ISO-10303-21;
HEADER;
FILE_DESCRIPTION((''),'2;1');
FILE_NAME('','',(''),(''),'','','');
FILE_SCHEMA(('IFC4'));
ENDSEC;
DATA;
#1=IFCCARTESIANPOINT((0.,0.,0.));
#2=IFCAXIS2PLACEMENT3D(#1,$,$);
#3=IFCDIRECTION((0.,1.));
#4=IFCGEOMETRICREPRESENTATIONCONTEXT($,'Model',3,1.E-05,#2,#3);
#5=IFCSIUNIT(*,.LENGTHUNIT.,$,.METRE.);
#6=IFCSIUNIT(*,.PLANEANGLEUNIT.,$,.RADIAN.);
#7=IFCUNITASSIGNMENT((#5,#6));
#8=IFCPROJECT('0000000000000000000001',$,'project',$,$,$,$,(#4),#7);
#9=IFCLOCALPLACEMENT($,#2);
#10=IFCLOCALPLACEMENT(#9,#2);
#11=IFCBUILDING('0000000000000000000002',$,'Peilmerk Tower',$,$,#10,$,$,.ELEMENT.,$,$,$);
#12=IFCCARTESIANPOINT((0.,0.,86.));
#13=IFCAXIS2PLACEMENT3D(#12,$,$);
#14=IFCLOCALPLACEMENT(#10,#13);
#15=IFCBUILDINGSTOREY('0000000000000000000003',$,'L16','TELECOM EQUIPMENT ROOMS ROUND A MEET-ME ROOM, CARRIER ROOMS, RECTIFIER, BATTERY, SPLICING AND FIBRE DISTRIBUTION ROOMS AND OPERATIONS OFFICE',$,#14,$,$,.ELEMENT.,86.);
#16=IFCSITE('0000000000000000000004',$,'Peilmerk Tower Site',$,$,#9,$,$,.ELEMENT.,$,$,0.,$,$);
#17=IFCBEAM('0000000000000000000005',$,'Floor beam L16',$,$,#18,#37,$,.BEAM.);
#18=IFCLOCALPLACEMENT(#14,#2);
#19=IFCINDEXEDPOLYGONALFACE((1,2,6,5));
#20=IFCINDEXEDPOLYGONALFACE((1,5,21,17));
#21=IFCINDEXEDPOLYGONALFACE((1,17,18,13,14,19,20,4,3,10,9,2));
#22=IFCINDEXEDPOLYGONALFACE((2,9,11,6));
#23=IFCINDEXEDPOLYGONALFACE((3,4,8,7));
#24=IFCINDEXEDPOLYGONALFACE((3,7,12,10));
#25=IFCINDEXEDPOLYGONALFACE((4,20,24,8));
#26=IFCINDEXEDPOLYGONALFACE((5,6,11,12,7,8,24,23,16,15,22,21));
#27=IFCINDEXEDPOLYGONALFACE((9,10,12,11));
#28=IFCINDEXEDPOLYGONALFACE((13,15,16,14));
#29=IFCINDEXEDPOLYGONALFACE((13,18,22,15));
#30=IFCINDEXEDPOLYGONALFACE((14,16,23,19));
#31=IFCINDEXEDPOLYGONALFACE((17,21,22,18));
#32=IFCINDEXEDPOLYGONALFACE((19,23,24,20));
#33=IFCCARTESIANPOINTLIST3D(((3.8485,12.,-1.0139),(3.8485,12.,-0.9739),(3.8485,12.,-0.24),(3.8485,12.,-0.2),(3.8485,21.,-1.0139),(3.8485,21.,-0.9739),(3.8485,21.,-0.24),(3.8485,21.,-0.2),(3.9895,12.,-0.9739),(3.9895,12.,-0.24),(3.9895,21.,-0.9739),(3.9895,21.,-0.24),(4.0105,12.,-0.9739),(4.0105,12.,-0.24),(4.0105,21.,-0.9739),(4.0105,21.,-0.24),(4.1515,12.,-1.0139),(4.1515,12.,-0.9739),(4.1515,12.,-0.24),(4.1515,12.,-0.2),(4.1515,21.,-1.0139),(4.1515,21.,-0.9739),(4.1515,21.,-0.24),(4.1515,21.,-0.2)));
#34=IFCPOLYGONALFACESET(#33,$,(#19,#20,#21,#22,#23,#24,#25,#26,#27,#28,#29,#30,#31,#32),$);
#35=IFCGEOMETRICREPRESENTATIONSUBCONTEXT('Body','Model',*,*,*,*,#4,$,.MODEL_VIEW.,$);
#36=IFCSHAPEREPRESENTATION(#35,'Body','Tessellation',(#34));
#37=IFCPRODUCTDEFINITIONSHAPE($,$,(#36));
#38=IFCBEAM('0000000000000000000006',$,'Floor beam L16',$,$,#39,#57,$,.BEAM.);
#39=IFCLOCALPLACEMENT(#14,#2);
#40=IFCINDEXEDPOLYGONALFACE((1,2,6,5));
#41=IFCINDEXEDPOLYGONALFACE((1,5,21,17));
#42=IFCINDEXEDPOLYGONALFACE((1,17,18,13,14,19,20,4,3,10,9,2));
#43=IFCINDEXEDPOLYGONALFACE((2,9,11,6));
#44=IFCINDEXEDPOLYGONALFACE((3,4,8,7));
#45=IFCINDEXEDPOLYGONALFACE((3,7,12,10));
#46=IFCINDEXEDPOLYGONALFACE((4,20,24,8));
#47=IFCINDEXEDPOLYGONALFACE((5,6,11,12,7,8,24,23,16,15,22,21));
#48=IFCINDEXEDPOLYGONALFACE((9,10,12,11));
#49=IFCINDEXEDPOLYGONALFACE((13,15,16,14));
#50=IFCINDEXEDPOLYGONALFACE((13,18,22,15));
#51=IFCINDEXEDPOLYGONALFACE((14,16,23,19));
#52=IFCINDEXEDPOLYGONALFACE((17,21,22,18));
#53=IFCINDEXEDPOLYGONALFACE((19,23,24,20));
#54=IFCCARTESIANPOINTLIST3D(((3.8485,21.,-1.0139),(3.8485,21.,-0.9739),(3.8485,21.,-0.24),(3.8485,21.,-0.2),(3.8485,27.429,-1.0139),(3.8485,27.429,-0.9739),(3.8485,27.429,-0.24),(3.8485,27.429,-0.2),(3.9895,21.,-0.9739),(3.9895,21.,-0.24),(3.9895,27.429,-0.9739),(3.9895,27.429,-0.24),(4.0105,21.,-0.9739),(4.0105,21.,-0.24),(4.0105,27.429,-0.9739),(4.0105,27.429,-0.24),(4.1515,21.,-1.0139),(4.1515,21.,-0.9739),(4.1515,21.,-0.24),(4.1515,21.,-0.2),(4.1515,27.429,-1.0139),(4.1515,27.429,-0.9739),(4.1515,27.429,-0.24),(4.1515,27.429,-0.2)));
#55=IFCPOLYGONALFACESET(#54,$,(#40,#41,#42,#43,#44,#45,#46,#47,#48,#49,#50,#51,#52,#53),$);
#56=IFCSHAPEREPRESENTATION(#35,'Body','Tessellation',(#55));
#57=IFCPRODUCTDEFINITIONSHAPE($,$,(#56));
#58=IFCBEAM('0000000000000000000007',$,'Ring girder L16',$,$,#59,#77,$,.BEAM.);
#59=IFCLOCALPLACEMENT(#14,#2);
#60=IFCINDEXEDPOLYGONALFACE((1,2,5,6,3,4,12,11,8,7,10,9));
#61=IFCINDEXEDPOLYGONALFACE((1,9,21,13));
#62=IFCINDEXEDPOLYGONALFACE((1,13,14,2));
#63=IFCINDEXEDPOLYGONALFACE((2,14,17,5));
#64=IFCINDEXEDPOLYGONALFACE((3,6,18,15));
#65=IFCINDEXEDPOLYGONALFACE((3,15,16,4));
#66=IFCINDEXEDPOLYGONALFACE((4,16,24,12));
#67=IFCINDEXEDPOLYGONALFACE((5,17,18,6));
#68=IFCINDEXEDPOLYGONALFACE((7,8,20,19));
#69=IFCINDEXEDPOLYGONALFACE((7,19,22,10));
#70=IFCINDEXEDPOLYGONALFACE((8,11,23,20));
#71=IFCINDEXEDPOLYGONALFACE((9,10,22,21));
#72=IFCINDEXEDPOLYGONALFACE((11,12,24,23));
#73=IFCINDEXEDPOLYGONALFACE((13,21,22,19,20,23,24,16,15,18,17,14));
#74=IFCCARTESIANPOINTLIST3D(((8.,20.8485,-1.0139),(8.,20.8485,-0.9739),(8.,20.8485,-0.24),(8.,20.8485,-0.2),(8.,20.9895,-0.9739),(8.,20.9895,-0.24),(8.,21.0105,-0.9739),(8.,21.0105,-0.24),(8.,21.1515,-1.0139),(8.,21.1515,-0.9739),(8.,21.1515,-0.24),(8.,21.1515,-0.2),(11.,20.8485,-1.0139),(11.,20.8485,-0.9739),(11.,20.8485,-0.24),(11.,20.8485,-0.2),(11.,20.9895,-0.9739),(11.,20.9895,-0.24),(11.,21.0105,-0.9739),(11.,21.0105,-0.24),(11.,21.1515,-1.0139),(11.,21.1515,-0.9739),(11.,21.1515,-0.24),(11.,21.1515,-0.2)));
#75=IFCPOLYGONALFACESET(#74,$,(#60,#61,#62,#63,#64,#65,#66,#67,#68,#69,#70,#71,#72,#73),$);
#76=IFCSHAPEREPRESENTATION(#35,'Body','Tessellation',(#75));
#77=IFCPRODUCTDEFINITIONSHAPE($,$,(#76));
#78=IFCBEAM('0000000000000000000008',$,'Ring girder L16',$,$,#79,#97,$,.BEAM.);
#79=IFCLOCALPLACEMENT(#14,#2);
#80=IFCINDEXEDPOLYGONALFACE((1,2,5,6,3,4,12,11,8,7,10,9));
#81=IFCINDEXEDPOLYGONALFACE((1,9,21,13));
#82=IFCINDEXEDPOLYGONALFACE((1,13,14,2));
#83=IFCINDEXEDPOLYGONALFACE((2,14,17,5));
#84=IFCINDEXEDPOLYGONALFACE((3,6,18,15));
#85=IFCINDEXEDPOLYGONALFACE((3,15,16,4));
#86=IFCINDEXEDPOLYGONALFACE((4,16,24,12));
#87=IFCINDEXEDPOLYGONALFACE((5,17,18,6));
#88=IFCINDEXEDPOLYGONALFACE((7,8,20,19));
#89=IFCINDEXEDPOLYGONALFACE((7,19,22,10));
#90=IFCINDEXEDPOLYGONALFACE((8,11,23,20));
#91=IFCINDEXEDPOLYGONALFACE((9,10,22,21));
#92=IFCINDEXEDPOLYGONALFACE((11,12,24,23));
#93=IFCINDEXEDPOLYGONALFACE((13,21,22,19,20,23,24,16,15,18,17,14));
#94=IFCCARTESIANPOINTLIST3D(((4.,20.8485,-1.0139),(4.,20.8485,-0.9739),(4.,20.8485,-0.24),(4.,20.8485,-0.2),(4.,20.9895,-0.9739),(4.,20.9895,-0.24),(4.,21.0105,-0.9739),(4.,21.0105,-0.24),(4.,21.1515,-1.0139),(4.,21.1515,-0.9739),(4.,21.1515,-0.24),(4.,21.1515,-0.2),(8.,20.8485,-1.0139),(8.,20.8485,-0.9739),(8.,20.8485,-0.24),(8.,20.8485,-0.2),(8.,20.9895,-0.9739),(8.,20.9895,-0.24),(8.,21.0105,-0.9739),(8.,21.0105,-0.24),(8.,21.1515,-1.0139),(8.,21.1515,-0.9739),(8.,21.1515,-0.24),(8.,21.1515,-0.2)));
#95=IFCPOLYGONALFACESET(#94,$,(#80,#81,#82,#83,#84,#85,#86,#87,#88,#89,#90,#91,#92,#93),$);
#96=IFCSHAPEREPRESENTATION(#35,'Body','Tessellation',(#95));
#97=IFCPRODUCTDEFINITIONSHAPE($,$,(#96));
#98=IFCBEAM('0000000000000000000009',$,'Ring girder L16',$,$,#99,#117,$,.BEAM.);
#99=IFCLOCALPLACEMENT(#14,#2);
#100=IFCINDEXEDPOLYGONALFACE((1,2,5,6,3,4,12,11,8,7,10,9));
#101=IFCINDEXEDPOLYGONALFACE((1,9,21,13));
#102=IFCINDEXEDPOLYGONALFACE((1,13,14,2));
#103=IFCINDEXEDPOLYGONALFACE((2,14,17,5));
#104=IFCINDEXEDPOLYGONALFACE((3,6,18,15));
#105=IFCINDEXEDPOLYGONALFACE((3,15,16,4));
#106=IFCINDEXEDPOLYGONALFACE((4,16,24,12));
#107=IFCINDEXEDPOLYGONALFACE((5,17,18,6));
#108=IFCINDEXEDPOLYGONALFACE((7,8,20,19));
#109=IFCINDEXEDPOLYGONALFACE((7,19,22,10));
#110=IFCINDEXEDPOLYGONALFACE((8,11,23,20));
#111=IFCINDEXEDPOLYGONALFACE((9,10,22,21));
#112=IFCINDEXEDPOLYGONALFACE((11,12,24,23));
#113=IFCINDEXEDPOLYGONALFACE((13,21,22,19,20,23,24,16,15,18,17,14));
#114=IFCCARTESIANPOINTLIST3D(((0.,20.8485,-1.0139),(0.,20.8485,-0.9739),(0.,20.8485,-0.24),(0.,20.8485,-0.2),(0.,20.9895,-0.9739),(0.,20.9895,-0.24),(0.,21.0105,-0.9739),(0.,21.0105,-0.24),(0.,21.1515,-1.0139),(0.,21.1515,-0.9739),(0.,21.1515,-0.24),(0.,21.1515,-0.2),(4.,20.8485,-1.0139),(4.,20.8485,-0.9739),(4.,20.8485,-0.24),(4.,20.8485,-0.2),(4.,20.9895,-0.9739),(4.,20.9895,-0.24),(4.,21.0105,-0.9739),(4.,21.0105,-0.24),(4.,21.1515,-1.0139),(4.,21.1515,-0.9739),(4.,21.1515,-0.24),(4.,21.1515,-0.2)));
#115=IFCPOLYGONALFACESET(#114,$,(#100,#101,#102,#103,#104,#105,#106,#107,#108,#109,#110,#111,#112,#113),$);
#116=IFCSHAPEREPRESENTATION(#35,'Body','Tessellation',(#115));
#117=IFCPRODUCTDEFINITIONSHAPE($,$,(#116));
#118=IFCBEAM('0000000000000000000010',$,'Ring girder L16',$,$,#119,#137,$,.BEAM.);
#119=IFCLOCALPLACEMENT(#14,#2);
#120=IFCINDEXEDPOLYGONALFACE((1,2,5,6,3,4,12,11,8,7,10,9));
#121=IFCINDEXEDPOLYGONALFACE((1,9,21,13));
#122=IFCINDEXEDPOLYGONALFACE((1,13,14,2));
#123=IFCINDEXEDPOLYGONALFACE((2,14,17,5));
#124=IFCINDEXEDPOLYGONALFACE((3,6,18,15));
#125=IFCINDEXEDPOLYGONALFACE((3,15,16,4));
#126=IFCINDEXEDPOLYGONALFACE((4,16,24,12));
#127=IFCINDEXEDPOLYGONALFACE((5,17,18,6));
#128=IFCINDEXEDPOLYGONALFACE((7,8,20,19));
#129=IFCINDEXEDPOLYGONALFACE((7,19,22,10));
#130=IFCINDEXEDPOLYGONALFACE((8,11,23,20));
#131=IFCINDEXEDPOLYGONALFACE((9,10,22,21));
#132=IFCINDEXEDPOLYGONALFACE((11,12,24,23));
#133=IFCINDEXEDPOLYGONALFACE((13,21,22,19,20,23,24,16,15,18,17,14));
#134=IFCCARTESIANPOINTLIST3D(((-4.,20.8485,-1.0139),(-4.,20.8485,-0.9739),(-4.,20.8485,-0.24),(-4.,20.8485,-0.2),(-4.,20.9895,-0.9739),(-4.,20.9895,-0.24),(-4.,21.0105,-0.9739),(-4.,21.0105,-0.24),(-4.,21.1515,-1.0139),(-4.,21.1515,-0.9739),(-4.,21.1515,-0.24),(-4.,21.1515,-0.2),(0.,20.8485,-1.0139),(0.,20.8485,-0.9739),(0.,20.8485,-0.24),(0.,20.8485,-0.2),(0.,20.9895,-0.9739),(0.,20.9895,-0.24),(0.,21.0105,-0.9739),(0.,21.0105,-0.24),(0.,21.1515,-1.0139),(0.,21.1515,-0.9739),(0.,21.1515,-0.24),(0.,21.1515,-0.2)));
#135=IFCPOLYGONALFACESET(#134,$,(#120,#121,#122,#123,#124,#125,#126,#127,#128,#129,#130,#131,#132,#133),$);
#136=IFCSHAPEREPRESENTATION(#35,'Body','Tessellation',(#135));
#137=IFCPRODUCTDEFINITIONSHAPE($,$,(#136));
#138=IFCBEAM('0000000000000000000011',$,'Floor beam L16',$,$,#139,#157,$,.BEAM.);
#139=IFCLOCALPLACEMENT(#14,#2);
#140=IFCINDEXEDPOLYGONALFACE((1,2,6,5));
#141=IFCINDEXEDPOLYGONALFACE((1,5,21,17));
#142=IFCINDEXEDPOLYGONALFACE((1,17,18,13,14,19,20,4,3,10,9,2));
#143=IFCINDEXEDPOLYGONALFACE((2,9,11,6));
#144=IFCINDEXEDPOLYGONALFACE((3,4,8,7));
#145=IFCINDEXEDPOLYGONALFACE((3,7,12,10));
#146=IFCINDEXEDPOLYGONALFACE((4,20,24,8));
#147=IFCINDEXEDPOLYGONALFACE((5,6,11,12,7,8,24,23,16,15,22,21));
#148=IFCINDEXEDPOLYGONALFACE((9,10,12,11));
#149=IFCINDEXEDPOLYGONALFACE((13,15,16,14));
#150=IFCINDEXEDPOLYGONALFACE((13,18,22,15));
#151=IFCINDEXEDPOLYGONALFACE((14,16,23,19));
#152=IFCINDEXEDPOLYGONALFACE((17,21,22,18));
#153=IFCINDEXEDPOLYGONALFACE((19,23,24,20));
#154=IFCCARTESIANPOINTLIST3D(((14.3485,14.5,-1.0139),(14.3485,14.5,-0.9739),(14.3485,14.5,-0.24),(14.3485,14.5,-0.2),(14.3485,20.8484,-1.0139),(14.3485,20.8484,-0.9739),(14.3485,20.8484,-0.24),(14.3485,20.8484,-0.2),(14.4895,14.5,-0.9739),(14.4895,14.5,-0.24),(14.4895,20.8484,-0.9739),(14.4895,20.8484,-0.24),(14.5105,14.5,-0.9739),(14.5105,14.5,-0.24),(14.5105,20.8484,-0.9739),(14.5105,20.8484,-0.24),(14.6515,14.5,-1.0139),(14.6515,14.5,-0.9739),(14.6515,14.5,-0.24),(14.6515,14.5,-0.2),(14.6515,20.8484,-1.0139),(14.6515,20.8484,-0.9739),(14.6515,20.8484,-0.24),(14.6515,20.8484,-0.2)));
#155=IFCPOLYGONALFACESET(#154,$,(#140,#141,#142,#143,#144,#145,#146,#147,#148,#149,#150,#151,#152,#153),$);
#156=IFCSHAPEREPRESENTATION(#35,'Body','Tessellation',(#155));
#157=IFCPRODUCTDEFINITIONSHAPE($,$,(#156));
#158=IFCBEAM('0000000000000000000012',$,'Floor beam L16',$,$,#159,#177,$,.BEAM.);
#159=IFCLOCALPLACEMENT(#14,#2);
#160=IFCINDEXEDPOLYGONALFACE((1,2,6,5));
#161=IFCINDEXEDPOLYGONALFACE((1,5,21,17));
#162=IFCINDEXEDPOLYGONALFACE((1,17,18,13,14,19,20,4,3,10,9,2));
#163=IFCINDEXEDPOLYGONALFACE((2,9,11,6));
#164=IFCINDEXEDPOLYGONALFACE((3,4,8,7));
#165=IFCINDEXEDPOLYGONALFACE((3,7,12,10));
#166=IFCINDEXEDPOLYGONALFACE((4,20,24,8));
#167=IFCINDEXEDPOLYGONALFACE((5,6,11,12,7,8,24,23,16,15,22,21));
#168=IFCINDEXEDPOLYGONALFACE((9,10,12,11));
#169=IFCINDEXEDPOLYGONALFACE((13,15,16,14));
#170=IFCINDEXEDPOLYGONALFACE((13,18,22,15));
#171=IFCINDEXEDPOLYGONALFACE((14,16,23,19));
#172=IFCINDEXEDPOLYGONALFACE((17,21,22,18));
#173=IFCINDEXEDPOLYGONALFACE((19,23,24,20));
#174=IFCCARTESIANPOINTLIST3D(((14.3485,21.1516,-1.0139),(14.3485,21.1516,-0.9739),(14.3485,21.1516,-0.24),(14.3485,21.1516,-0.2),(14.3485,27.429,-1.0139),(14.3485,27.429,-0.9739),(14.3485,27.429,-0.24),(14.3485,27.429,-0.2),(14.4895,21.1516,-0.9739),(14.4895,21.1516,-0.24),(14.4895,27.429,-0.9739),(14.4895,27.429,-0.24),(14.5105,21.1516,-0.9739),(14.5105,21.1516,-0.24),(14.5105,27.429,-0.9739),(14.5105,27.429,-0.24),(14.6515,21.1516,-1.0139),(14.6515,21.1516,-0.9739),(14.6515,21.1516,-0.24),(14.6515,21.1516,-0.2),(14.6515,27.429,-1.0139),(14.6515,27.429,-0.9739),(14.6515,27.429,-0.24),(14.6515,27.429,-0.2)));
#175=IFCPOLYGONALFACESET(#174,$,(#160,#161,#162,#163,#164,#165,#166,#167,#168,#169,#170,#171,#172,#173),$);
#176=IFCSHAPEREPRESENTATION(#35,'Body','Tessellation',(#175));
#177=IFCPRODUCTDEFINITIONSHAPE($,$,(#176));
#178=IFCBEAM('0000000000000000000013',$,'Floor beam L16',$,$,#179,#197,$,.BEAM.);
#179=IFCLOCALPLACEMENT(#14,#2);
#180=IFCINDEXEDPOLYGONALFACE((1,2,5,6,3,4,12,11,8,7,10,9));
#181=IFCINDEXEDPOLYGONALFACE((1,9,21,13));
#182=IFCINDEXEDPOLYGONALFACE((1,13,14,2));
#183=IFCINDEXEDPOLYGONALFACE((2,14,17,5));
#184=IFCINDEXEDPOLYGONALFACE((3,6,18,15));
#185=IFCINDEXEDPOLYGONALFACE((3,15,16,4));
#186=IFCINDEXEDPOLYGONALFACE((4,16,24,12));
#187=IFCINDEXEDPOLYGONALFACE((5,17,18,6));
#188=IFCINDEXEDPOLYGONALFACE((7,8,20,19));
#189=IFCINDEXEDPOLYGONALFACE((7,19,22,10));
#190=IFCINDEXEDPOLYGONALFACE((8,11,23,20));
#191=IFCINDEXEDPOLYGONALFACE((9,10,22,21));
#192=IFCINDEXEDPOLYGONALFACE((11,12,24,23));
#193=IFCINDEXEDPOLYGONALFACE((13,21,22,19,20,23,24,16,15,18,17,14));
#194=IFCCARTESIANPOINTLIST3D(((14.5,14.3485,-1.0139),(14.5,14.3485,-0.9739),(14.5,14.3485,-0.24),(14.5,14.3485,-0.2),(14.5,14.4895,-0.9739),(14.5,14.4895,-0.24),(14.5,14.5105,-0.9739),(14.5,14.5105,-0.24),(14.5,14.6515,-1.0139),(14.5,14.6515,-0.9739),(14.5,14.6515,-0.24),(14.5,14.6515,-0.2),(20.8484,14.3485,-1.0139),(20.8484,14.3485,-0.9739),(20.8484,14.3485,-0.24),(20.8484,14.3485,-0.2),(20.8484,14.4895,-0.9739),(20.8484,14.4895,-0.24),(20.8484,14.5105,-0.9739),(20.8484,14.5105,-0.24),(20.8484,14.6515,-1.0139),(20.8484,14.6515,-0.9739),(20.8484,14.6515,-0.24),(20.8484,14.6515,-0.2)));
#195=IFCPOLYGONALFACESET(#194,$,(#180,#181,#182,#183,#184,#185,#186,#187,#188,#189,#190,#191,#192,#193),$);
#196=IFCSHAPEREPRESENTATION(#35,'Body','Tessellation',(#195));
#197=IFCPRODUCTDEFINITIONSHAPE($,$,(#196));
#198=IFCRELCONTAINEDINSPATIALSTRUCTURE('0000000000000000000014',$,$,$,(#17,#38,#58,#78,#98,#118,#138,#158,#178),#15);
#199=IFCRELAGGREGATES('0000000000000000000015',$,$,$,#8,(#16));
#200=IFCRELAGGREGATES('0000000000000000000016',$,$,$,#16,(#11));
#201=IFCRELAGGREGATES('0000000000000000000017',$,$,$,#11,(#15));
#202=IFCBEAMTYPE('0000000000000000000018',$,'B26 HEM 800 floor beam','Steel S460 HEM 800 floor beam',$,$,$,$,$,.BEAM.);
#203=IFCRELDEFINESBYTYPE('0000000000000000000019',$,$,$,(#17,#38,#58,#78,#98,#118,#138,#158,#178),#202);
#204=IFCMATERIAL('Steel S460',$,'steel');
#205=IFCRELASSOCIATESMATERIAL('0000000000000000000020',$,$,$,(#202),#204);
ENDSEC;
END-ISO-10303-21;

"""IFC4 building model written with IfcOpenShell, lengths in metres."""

from ifc_helpers import new_model, si_unit, direction, frame, origin, origin_2d, place, context, subcontext, project, spatial, i_section, extrude, material, material_profile, profile_set, type_object, element, save


model = new_model("IFC4")

# Units and contexts
model_context = context("Model", 3, precision=1e-05, world=origin(), true_north=direction((0.0, 1.0)))
body_context = subcontext(model_context, "Body", "Model", "MODEL_VIEW")
ifc_project = project(units=[si_unit("LENGTHUNIT", "METRE"), si_unit("PLANEANGLEUNIT", "RADIAN")], contexts=[model_context])

# Site, building, storey
site_placement = place(None, origin())
site = spatial("IfcSite", under=ifc_project, at=site_placement, Name="Peilmerk Tower Site", CompositionType="ELEMENT", RefElevation=0.0)
building_placement = place(site_placement, origin())
building = spatial("IfcBuilding", under=site, at=building_placement, Name="Peilmerk Tower", CompositionType="ELEMENT")
storey_placement = place(building_placement, frame((0.0, 0.0, 86.0)))
storey = spatial("IfcBuildingStorey", under=building, at=storey_placement, Name="L16", Description="TELECOM EQUIPMENT ROOMS ROUND A MEET-ME ROOM, CARRIER ROOMS, RECTIFIER, BATTERY, SPLICING AND FIBRE DISTRIBUTION ROOMS AND OPERATIONS OFFICE", CompositionType="ELEMENT", Elevation=86.0)

# Shared definitions
ifc_material_1 = material(Name="Steel S460", Category="steel")

# Beams
ifc_material_profile_1 = material_profile(ifc_material_1, i_section(OverallWidth=0.303, OverallDepth=0.814, WebThickness=0.021, FlangeThickness=0.04, at=origin_2d()), Name="HEM 800")
ifc_profile_set_1 = profile_set([ifc_material_profile_1], Name="Steel S460")
beam_type_1 = type_object("IfcBeamType", Name="B26 HEM 800 floor beam", Description="Steel S460 HEM 800 floor beam", PredefinedType="BEAM", material=ifc_profile_set_1)
beam_1_placement = place(storey_placement, frame((4.0, 12.0, -0.6069), z_axis=(0.0, 1.0, 0.0), x_axis=(-1.0, 0.0, 0.0)))
element("IfcBeam", 1, at=beam_1_placement, inside=storey, type_object=beam_type_1, Name="Floor beam L16", PredefinedType="BEAM", context=body_context, shape_type="SweptSolid", body=[
    extrude(i_section(OverallWidth=0.303, OverallDepth=0.814, WebThickness=0.021, FlangeThickness=0.04, at=origin_2d()), origin(), (0.0, 0.0, 1.0), 9.0),
])
beam_2_placement = place(storey_placement, frame((4.0, 21.0, -0.6069), z_axis=(0.0, 1.0, 0.0), x_axis=(-1.0, 0.0, 0.0)))
element("IfcBeam", 2, at=beam_2_placement, inside=storey, type_object=beam_type_1, Name="Floor beam L16", PredefinedType="BEAM", context=body_context, shape_type="SweptSolid", body=[
    extrude(i_section(OverallWidth=0.303, OverallDepth=0.814, WebThickness=0.021, FlangeThickness=0.04, at=origin_2d()), origin(), (0.0, 0.0, 1.0), 6.429),
])
beam_3_placement = place(storey_placement, frame((11.0, 21.0, -0.6069), z_axis=(-1.0, 0.0, 0.0), x_axis=(0.0, -1.0, 0.0)))
element("IfcBeam", 3, at=beam_3_placement, inside=storey, type_object=beam_type_1, Name="Ring girder L16", PredefinedType="BEAM", context=body_context, shape_type="SweptSolid", body=[
    extrude(i_section(OverallWidth=0.303, OverallDepth=0.814, WebThickness=0.021, FlangeThickness=0.04, at=origin_2d()), origin(), (0.0, 0.0, 1.0), 3.0),
])
for number, where, z_axis, x_axis, name in (
    (4, (8.0, 21.0, -0.6069), (-1.0, 0.0, 0.0), (0.0, -1.0, 0.0), "Ring girder L16"),
    (5, (4.0, 21.0, -0.6069), (-1.0, 0.0, 0.0), (0.0, -1.0, 0.0), "Ring girder L16"),
    (6, (0.0, 21.0, -0.6069), (-1.0, 0.0, 0.0), (0.0, -1.0, 0.0), "Ring girder L16"),
):
    element("IfcBeam", number, at=place(storey_placement, frame(where, z_axis=z_axis, x_axis=x_axis)), inside=storey, type_object=beam_type_1, Name=name, PredefinedType="BEAM", context=body_context, shape_type="SweptSolid", body=[
        extrude(i_section(OverallWidth=0.303, OverallDepth=0.814, WebThickness=0.021, FlangeThickness=0.04, at=origin_2d()), origin(), (0.0, 0.0, 1.0), 4.0),
    ])
beam_4_placement = place(storey_placement, frame((14.5, 14.5, -0.6069), z_axis=(0.0, 1.0, 0.0), x_axis=(-1.0, 0.0, 0.0)))
element("IfcBeam", 7, at=beam_4_placement, inside=storey, type_object=beam_type_1, Name="Floor beam L16", PredefinedType="BEAM", context=body_context, shape_type="SweptSolid", body=[
    extrude(i_section(OverallWidth=0.303, OverallDepth=0.814, WebThickness=0.021, FlangeThickness=0.04, at=origin_2d()), origin(), (0.0, 0.0, 1.0), 6.3484),
])
beam_5_placement = place(storey_placement, frame((14.5, 21.1516, -0.6069), z_axis=(0.0, 1.0, 0.0), x_axis=(-1.0, 0.0, 0.0)))
element("IfcBeam", 8, at=beam_5_placement, inside=storey, type_object=beam_type_1, Name="Floor beam L16", PredefinedType="BEAM", context=body_context, shape_type="SweptSolid", body=[
    extrude(i_section(OverallWidth=0.303, OverallDepth=0.814, WebThickness=0.021, FlangeThickness=0.04, at=origin_2d()), origin(), (0.0, 0.0, 1.0), 6.2773),
])
beam_6_placement = place(storey_placement, frame((14.5, 14.5, -0.6069), z_axis=(1.0, 0.0, 0.0), x_axis=(0.0, 1.0, 0.0)))
element("IfcBeam", 9, at=beam_6_placement, inside=storey, type_object=beam_type_1, Name="Floor beam L16", PredefinedType="BEAM", context=body_context, shape_type="SweptSolid", body=[
    extrude(i_section(OverallWidth=0.303, OverallDepth=0.814, WebThickness=0.021, FlangeThickness=0.04, at=origin_2d()), origin(), (0.0, 0.0, 1.0), 6.3484),
])

save(model, "model.ifc")
